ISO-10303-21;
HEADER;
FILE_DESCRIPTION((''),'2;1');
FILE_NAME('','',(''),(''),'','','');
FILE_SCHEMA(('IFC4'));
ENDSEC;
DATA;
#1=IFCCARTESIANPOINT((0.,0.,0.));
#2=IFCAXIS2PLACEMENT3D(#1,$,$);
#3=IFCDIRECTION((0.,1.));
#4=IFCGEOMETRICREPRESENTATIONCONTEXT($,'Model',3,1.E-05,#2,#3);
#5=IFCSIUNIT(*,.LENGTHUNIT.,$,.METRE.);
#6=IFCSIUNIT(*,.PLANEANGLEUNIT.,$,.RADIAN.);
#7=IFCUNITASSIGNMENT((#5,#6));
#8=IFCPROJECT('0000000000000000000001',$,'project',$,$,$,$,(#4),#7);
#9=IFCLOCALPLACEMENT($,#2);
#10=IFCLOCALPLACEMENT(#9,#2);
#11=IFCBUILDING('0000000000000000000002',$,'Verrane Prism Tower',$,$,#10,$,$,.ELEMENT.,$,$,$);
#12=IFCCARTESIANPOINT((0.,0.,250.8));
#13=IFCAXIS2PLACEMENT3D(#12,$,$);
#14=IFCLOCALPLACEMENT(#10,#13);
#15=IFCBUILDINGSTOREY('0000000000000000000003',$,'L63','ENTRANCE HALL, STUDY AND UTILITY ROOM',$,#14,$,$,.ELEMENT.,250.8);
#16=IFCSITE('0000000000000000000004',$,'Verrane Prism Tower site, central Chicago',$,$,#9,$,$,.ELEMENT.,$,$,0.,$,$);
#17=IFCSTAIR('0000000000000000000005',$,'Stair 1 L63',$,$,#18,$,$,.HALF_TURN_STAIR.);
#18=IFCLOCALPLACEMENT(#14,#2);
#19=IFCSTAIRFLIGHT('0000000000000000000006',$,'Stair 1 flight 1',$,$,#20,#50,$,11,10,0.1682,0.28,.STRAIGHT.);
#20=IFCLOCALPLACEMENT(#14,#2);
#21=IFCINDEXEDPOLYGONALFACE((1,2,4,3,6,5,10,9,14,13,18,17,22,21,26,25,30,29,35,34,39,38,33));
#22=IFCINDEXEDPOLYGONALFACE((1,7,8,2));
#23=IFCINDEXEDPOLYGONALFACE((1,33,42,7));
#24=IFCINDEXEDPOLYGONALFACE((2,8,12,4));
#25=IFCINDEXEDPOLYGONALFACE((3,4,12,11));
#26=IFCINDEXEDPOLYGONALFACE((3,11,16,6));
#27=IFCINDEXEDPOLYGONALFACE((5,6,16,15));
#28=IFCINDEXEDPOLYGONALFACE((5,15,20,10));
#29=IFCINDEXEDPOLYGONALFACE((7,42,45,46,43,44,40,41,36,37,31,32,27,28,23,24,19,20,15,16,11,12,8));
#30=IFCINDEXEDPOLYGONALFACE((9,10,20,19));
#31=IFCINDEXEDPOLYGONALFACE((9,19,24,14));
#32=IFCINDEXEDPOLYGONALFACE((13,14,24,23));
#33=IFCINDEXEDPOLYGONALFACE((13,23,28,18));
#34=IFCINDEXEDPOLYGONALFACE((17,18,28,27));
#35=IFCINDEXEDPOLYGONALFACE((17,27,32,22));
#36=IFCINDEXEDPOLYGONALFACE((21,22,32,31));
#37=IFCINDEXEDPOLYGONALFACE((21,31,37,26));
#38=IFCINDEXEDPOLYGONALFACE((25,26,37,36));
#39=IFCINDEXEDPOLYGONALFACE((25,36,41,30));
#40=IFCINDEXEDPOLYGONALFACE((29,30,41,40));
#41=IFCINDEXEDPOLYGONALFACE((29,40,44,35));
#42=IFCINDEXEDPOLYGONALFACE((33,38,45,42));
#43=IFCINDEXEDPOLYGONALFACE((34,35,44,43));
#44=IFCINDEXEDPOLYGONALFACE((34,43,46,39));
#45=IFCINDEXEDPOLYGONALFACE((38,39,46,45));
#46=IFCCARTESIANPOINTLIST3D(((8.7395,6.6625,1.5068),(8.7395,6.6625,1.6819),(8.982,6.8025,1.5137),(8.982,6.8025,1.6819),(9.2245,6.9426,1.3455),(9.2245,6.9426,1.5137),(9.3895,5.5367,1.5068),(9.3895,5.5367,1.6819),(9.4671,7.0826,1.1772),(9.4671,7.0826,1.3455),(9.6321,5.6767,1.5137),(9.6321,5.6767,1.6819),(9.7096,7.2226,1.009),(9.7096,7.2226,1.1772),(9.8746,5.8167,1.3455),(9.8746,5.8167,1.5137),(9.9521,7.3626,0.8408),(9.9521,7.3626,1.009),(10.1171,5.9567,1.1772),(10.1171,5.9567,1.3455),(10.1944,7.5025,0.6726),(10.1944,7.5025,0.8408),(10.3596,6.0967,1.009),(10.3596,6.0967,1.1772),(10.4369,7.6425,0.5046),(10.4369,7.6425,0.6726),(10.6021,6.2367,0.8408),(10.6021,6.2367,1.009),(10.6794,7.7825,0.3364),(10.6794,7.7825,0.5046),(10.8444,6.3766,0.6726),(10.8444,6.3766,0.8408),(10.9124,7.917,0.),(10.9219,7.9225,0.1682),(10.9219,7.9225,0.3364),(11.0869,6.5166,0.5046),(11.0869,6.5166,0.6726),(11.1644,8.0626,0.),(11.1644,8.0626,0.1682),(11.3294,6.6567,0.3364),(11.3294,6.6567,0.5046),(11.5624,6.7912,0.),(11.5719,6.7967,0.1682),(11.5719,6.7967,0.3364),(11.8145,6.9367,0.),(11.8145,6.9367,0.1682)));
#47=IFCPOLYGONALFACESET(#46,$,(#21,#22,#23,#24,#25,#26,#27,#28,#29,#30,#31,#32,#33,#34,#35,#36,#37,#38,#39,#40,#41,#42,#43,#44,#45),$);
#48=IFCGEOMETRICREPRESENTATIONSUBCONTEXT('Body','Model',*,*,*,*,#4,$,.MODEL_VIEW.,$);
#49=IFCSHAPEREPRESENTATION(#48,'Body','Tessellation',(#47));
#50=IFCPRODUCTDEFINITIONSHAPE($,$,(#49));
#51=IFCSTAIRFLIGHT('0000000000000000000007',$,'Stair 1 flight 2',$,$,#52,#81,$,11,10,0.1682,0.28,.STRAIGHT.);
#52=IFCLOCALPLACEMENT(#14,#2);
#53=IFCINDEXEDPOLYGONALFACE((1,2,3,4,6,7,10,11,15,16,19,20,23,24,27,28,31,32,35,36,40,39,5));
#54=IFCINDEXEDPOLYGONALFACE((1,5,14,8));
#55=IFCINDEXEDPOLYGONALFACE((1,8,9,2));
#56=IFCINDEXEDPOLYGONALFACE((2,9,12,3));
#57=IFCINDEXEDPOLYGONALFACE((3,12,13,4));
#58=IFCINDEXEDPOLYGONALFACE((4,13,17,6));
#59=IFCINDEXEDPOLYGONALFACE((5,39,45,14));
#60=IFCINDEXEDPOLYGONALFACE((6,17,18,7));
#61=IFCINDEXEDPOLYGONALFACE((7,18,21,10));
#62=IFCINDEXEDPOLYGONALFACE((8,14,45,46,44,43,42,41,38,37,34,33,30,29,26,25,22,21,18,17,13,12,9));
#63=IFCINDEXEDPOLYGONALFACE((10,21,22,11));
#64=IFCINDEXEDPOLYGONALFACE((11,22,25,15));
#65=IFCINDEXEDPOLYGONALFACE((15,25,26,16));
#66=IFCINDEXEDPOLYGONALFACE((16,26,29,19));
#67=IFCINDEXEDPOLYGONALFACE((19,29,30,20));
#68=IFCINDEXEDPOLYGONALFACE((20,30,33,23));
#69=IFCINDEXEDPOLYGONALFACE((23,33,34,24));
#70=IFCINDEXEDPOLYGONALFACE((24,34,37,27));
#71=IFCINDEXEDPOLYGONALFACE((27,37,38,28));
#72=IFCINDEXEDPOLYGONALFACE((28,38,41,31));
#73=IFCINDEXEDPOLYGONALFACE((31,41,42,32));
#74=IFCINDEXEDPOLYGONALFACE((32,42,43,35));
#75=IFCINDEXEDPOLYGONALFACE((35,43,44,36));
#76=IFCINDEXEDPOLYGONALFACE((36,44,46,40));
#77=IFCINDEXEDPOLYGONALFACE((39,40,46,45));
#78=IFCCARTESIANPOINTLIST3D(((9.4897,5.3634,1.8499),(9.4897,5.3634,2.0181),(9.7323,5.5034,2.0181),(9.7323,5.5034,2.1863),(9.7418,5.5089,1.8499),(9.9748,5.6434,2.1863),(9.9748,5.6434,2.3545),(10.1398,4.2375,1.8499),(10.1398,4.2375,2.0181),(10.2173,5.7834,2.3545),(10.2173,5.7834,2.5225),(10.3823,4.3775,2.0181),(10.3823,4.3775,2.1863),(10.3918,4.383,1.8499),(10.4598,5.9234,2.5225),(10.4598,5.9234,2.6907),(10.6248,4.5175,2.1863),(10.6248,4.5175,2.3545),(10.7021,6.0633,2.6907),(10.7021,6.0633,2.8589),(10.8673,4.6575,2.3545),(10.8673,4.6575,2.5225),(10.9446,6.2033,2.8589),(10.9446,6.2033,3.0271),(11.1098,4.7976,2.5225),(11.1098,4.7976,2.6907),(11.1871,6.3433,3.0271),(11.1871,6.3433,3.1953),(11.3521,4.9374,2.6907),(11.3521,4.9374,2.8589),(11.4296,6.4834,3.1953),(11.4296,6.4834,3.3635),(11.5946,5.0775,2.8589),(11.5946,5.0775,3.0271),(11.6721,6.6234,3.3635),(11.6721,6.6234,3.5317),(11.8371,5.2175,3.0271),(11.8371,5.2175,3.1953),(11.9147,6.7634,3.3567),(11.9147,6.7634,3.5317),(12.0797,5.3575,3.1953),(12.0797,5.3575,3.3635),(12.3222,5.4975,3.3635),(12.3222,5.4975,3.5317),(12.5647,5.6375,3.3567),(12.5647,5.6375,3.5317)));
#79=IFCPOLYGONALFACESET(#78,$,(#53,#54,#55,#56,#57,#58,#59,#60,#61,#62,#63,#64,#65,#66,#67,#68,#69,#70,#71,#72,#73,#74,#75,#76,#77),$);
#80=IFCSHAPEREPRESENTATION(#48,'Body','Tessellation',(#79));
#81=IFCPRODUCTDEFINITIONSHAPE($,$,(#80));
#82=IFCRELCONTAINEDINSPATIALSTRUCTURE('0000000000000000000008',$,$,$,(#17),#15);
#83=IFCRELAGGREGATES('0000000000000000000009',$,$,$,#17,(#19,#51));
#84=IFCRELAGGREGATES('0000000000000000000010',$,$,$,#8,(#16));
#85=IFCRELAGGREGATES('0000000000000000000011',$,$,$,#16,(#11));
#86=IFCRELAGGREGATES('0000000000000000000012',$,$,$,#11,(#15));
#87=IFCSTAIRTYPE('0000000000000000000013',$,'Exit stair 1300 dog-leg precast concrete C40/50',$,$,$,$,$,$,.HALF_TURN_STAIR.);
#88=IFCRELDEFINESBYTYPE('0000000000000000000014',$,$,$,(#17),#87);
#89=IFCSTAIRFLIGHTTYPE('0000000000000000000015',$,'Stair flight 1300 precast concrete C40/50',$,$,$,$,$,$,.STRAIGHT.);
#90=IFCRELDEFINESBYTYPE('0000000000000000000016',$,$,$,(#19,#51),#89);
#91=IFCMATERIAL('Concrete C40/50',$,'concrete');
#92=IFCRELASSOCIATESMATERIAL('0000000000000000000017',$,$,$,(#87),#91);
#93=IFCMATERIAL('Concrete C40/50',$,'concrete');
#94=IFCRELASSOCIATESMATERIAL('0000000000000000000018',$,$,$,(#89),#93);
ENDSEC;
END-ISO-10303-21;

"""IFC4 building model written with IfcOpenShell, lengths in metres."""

from ifc_helpers import new_model, si_unit, direction, frame, origin, place, context, subcontext, project, spatial, polyline, outline, extrude, material, type_object, element, aggregate, save


model = new_model("IFC4")

# Units and contexts
model_context = context("Model", 3, precision=1e-05, world=origin(), true_north=direction((0.0, 1.0)))
body_context = subcontext(model_context, "Body", "Model", "MODEL_VIEW")
ifc_project = project(units=[si_unit("LENGTHUNIT", "METRE"), si_unit("PLANEANGLEUNIT", "RADIAN")], contexts=[model_context])

# Site, building, storey
site_placement = place(None, origin())
site = spatial("IfcSite", under=ifc_project, at=site_placement, Name="Verrane Prism Tower site, central Chicago", CompositionType="ELEMENT", RefElevation=0.0)
building_placement = place(site_placement, origin())
building = spatial("IfcBuilding", under=site, at=building_placement, Name="Verrane Prism Tower", CompositionType="ELEMENT")
storey_placement = place(building_placement, frame((0.0, 0.0, 250.8)))
storey = spatial("IfcBuildingStorey", under=building, at=storey_placement, Name="L63", Description="ENTRANCE HALL, STUDY AND UTILITY ROOM", CompositionType="ELEMENT", Elevation=250.8)

# Stair, stair flights
ifc_material_1 = material(Name="Concrete C40/50", Category="concrete")
stair_type = type_object("IfcStairType", Name="Exit stair 1300 dog-leg precast concrete C40/50", PredefinedType="HALF_TURN_STAIR", material=ifc_material_1)
stair_placement = place(storey_placement, origin())
stair = element("IfcStair", 1, at=stair_placement, inside=storey, type_object=stair_type, Name="Stair 1 L63", PredefinedType="HALF_TURN_STAIR")
ifc_material_2 = material(Name="Concrete C40/50", Category="concrete")
stair_flight_type = type_object("IfcStairFlightType", Name="Stair flight 1300 precast concrete C40/50", PredefinedType="STRAIGHT", material=ifc_material_2)
stair_flight_1_placement = place(storey_placement, frame((11.4895, 7.4995, 0.0), z_axis=(0.0, 0.0, 1.0), x_axis=(-0.866025, -0.5, 0.0)))
stair_flight_1 = element("IfcStairFlight", 2, at=stair_flight_1_placement, type_object=stair_flight_type, Name="Stair 1 flight 1", NumberOfRisers=11, NumberOfTreads=10, PredefinedType="STRAIGHT", RiserHeight=0.1682, TreadLength=0.28, context=body_context, shape_type="SweptSolid", body=[
    extrude(outline(polyline([(0.0, 0.0), (0.0, 0.1682), (0.28, 0.1682), (0.28, 0.3364), (0.5601, 0.3364), (0.5601, 0.5046), (0.8401, 0.5046), (0.8401, 0.6726), (1.1201, 0.6726), (1.1201, 0.8408), (1.3999, 0.8408), (1.3999, 1.009), (1.6799, 1.009), (1.6799, 1.1772), (1.96, 1.1772), (1.96, 1.3455), (2.24, 1.3455), (2.24, 1.5137), (2.52, 1.5137), (2.52, 1.6819), (2.8, 1.6819), (2.8, 1.8501), (2.8, 1.5068), (0.291, 0.0), (0.0, 0.0)])), frame((0.0, 0.6499, 0.0), z_axis=(0.0, -1.0, 0.0), x_axis=(1.0, 0.0, 0.0)), (0.0, 0.0, 1.0), 1.3),
])
stair_flight_2_placement = place(storey_placement, frame((9.8147, 4.8005, 1.8499), z_axis=(0.0, 0.0, 1.0), x_axis=(0.866025, 0.5, 0.0)))
stair_flight_2 = element("IfcStairFlight", 3, at=stair_flight_2_placement, type_object=stair_flight_type, Name="Stair 1 flight 2", NumberOfRisers=11, NumberOfTreads=10, PredefinedType="STRAIGHT", RiserHeight=0.1682, TreadLength=0.28, context=body_context, shape_type="SweptSolid", body=[
    extrude(outline(polyline([(0.0, 0.0), (0.0, 0.1682), (0.28, 0.1682), (0.28, 0.3364), (0.5601, 0.3364), (0.5601, 0.5046), (0.8401, 0.5046), (0.8401, 0.6726), (1.1201, 0.6726), (1.1201, 0.8408), (1.3999, 0.8408), (1.3999, 1.009), (1.6799, 1.009), (1.6799, 1.1772), (1.96, 1.1772), (1.96, 1.3455), (2.24, 1.3455), (2.24, 1.5137), (2.52, 1.5137), (2.52, 1.6819), (2.8, 1.6819), (2.8, 1.8501), (2.8, 1.5068), (0.291, 0.0), (0.0, 0.0)])), frame((0.0, 0.6499, 0.0), z_axis=(0.0, -1.0, 0.0), x_axis=(1.0, 0.0, 0.0)), (0.0, 0.0, 1.0), 1.3),
])
aggregate(stair, [stair_flight_1, stair_flight_2])

save(model, "model.ifc")
